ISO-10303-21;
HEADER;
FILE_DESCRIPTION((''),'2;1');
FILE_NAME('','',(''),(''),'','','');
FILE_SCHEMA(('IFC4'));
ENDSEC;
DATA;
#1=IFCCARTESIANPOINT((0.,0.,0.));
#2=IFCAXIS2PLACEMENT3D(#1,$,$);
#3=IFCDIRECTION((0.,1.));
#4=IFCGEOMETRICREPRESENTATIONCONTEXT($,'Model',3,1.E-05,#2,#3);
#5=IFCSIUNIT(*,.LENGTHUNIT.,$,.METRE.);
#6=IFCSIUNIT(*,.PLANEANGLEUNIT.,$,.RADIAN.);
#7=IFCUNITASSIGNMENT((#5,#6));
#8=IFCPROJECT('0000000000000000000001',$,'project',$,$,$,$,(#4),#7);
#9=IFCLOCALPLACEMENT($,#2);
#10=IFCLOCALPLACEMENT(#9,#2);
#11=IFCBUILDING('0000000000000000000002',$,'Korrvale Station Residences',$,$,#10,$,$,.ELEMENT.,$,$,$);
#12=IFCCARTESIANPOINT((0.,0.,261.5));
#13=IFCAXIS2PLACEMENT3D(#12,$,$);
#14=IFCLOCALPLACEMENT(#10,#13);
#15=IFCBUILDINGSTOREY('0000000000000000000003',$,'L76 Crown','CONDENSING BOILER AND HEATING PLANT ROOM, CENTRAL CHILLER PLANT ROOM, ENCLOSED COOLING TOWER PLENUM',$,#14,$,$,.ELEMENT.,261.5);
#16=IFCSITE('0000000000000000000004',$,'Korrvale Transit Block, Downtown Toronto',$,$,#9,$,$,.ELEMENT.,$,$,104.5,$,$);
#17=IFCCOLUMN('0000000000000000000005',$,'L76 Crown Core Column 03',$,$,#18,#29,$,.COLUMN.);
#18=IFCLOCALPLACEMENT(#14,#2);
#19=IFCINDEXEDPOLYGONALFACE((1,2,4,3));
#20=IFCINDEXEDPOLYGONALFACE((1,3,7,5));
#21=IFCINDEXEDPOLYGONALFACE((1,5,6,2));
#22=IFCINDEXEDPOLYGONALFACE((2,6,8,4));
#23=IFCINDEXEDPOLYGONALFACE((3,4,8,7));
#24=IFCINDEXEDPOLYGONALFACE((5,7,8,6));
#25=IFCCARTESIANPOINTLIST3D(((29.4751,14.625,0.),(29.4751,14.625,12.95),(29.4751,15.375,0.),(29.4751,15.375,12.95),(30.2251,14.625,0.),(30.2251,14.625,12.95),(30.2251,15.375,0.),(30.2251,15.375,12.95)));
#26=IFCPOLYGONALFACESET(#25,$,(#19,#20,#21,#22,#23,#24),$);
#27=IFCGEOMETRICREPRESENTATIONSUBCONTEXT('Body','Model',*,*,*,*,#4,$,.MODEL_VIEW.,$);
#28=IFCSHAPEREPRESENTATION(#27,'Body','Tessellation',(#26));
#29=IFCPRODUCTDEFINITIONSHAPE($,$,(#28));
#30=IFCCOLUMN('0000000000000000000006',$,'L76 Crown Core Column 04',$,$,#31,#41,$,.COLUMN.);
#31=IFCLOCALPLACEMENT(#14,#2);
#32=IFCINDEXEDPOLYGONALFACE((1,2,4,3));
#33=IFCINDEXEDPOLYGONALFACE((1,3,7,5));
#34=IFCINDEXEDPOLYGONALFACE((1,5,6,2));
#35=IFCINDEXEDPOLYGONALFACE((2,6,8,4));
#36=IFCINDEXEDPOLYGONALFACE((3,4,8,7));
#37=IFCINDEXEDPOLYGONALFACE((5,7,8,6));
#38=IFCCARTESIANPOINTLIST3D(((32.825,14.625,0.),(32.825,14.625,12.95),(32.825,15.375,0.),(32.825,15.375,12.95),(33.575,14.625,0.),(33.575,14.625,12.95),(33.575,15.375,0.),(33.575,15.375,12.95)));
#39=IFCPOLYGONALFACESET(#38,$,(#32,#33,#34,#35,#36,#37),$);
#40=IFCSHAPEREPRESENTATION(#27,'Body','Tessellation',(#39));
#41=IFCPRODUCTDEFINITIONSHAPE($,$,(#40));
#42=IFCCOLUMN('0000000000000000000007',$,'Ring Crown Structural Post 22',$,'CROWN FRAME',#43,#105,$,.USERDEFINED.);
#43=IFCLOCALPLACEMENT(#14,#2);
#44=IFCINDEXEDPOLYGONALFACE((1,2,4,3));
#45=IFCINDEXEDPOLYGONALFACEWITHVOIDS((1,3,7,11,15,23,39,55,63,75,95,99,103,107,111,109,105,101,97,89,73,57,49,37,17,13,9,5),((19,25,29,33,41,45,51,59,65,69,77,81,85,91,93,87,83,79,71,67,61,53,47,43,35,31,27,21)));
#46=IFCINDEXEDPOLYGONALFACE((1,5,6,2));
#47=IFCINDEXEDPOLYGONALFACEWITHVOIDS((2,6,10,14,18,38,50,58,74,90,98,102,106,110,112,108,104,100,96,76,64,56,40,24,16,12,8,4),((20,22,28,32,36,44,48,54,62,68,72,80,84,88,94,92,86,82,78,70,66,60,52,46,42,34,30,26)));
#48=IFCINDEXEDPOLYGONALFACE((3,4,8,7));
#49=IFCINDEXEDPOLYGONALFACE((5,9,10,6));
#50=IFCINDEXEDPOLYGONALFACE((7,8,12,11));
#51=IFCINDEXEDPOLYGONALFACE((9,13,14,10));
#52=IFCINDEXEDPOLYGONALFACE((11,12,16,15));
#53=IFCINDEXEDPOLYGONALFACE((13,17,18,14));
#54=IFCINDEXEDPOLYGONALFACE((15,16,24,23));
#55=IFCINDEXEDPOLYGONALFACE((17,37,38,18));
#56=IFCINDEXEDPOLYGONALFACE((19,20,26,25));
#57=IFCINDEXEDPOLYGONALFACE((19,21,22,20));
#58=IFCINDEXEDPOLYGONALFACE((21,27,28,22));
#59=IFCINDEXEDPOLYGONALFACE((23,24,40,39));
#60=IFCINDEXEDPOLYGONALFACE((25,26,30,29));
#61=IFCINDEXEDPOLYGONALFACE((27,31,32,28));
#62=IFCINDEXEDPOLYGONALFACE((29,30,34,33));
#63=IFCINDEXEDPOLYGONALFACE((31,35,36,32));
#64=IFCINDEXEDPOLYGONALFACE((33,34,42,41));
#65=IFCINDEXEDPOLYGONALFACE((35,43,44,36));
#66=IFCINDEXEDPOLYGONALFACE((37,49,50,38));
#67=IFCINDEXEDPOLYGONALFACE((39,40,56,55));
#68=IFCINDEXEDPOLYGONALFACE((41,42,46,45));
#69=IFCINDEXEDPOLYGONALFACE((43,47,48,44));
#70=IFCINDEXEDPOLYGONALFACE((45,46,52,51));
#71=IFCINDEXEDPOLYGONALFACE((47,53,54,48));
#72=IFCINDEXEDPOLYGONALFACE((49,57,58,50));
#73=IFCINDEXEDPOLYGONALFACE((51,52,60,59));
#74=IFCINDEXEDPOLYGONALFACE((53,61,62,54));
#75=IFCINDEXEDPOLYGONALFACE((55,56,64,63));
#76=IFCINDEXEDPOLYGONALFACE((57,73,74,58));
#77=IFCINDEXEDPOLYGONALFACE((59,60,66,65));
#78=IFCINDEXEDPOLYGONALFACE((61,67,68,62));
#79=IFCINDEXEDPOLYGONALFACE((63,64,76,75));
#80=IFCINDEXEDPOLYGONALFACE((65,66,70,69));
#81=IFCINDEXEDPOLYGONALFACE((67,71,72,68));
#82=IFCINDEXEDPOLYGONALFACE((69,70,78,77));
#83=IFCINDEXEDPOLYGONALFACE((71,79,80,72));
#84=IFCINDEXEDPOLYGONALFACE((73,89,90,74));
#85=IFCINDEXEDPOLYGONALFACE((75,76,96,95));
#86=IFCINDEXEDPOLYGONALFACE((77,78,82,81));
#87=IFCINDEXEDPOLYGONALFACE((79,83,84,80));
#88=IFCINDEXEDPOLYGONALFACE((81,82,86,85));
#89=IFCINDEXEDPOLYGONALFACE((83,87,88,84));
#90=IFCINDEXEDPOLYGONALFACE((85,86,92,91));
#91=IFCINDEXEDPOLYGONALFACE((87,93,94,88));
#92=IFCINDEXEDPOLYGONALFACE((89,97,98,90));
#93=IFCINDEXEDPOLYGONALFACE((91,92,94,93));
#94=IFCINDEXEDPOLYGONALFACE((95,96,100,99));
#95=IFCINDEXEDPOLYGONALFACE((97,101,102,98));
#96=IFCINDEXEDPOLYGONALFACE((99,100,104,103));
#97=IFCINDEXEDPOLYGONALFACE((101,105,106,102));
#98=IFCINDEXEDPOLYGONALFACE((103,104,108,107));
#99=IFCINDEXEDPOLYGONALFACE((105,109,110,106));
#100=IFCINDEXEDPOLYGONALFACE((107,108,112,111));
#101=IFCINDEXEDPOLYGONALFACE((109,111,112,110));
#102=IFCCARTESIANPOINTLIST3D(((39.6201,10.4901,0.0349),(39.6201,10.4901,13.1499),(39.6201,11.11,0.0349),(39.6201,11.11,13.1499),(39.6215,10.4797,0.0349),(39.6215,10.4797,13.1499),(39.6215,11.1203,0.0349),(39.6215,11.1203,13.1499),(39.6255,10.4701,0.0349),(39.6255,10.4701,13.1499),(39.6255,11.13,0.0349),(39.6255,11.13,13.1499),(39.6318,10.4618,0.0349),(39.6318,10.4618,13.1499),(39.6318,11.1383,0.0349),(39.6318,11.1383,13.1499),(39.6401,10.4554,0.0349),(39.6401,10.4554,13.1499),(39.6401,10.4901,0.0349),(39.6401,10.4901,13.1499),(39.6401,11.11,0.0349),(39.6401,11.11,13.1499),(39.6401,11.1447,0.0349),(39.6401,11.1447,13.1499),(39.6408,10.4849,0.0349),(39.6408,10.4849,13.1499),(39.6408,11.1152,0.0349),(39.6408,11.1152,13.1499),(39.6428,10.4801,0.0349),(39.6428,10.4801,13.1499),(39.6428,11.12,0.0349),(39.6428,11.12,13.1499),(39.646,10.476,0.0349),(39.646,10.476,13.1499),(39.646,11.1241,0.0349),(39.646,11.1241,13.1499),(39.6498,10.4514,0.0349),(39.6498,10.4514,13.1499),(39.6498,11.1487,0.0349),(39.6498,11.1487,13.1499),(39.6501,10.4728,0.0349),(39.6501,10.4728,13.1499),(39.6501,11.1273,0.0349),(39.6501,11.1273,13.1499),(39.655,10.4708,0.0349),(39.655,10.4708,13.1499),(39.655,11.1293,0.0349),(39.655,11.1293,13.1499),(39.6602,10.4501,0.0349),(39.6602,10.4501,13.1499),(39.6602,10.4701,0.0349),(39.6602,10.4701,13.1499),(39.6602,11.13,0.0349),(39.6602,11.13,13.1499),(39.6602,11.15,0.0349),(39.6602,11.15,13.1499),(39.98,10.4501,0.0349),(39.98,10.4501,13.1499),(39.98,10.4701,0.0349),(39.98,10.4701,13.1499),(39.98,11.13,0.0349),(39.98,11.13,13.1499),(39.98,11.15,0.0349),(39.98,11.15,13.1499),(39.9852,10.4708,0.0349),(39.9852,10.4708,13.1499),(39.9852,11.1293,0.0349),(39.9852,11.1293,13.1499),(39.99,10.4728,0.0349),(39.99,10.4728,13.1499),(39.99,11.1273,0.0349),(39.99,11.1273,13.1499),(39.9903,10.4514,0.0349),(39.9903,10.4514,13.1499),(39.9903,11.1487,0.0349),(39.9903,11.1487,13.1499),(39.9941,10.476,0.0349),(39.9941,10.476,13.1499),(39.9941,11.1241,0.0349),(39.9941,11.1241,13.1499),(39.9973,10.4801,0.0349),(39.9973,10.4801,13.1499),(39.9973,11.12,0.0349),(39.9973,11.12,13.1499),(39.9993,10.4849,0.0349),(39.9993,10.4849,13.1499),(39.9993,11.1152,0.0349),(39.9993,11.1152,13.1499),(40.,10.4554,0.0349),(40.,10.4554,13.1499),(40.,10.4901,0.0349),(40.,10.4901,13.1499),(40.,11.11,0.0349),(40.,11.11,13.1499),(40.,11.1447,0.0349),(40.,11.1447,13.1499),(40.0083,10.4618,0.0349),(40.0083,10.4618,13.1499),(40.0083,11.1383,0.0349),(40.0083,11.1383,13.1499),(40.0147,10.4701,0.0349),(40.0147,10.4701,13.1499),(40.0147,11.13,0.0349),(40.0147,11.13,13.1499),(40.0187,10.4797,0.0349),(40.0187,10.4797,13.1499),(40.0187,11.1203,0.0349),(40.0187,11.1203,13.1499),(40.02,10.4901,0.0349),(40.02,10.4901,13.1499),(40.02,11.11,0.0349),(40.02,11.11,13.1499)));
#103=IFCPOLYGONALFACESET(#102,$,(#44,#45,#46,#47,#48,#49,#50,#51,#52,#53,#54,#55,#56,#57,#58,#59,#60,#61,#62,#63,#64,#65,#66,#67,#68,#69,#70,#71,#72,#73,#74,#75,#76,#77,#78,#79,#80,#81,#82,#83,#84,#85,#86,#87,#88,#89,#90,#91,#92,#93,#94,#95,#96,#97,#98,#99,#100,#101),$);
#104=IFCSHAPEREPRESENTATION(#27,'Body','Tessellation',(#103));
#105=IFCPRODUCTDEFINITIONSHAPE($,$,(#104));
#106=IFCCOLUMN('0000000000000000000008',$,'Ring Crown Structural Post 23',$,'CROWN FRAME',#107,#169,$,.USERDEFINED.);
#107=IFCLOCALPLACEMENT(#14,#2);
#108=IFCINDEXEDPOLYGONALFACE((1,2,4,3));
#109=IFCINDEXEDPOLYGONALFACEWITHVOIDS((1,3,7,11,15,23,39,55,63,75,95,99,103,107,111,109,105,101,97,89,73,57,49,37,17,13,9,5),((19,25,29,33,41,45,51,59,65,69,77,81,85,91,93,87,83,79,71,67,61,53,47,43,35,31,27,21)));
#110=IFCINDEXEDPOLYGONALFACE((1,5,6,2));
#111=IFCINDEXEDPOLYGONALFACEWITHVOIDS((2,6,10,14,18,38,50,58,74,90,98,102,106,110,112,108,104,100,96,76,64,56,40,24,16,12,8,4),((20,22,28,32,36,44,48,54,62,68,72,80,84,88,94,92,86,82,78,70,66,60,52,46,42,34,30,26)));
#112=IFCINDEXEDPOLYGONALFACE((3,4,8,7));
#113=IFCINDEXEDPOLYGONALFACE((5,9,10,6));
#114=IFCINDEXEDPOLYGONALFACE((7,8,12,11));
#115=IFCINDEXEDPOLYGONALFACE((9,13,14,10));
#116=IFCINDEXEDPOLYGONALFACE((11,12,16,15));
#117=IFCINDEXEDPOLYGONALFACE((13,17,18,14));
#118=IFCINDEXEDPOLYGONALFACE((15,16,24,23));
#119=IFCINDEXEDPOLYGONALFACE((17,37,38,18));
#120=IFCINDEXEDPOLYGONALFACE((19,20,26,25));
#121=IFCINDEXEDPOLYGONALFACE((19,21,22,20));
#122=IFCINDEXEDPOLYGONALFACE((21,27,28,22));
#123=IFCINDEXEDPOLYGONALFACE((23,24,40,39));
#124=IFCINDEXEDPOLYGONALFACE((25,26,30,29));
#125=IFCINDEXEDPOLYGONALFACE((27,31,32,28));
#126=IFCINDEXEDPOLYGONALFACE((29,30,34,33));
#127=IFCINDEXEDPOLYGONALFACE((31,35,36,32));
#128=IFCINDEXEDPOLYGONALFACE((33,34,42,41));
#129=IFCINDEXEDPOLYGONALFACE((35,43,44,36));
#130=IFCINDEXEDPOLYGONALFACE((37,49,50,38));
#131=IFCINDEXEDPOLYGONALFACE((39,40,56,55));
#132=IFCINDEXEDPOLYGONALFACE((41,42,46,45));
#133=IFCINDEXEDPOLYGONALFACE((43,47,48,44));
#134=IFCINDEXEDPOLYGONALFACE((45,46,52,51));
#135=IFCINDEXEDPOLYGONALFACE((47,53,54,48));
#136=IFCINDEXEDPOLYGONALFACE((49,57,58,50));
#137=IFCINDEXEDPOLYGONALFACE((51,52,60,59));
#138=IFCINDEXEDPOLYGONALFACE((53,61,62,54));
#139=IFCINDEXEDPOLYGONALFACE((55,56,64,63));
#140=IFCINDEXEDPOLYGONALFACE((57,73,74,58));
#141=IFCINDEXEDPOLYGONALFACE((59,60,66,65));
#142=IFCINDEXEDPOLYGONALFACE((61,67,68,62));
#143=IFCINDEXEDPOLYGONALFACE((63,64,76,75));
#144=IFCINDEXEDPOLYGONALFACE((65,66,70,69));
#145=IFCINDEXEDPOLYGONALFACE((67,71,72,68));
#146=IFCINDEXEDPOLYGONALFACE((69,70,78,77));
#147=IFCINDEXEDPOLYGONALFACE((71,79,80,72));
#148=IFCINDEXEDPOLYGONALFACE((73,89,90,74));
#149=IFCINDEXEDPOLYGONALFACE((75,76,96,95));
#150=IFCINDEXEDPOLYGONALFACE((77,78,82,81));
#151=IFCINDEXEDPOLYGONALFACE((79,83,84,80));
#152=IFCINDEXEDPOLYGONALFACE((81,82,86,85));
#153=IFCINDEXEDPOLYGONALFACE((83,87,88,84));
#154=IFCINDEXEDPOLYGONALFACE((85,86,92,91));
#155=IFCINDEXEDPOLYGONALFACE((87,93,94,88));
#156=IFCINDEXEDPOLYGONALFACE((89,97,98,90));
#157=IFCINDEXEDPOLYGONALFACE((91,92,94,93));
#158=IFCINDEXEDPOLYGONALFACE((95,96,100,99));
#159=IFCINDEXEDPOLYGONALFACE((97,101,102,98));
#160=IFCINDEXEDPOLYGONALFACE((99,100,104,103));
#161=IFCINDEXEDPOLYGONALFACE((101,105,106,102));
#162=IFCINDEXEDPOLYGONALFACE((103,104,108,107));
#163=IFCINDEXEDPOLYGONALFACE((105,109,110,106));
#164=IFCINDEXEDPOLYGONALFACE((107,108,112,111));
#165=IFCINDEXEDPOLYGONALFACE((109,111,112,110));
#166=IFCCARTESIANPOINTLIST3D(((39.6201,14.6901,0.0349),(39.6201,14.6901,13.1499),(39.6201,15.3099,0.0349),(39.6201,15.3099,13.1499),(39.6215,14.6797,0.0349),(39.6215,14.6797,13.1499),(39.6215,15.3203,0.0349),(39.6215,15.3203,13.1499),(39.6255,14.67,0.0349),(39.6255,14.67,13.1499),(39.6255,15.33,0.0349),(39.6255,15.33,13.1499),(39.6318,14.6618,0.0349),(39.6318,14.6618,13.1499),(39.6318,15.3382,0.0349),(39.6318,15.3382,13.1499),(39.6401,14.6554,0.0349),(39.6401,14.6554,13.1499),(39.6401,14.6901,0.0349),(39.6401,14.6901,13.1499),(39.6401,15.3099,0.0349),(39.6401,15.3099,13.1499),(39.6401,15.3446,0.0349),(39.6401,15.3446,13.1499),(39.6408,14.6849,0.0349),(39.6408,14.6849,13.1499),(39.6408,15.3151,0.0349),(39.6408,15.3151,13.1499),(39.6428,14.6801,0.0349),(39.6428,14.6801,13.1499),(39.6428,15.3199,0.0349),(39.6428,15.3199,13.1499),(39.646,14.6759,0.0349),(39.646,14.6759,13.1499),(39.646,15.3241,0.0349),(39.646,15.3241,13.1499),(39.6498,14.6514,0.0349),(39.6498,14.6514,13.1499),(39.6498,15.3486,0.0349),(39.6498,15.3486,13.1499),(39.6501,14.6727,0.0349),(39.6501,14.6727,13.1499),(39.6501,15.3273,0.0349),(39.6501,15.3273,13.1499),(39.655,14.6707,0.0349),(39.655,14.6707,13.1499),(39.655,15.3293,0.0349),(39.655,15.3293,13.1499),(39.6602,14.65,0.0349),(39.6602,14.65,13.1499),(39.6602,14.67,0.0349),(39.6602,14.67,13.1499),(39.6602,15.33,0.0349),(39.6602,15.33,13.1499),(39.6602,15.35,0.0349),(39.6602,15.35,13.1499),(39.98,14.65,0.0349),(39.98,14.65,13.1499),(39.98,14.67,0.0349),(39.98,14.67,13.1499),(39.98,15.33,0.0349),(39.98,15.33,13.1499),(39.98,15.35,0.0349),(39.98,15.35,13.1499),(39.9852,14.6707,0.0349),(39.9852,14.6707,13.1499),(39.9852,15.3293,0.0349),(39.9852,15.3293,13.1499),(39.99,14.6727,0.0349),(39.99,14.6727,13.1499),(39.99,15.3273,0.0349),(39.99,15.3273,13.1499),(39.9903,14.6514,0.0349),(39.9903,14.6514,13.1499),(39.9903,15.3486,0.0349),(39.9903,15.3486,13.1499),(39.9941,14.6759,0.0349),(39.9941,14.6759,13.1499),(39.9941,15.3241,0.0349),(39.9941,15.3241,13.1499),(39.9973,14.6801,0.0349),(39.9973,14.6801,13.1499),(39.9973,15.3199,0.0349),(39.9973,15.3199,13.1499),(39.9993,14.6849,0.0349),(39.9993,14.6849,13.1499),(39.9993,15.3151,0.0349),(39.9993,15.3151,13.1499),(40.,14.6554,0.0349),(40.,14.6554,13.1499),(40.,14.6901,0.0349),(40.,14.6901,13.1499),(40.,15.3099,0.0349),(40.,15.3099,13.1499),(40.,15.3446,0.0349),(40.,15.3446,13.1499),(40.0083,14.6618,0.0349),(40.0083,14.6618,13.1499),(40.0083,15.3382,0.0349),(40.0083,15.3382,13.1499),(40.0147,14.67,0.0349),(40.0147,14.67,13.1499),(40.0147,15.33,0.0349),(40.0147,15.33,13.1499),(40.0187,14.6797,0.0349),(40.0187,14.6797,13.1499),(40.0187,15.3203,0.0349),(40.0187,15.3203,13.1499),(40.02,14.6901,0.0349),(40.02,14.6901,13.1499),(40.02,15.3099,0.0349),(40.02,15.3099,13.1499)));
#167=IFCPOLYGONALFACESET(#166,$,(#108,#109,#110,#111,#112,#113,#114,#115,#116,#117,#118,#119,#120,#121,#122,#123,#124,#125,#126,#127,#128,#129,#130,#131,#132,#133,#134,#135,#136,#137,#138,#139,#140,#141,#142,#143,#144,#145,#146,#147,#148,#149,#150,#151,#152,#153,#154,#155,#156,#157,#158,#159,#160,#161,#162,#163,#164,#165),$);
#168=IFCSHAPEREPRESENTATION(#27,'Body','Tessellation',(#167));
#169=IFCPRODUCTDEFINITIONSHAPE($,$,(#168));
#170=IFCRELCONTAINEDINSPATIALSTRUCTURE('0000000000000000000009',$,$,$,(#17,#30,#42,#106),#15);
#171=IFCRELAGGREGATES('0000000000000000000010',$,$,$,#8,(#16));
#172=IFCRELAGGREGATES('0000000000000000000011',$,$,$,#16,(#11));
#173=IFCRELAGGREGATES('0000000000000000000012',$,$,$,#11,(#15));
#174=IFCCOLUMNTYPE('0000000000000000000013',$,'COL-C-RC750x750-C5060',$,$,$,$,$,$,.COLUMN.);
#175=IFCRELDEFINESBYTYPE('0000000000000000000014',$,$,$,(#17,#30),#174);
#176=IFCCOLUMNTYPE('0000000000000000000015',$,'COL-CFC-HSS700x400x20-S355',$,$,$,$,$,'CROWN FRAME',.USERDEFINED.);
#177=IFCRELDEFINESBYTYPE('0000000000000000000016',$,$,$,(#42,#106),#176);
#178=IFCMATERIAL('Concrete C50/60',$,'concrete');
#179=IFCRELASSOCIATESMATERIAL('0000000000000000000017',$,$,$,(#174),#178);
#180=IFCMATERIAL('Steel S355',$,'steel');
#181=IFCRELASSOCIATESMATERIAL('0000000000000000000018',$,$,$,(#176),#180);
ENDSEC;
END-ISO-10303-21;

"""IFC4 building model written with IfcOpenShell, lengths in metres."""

from ifc_helpers import new_model, si_unit, direction, frame, origin, origin_2d, place, context, subcontext, project, spatial, rectangle, hollow_rectangle, extrude, material, material_profile, profile_set, type_object, element, save


model = new_model("IFC4")

# Units and contexts
model_context = context("Model", 3, precision=1e-05, world=origin(), true_north=direction((0.0, 1.0)))
body_context = subcontext(model_context, "Body", "Model", "MODEL_VIEW")
ifc_project = project(units=[si_unit("LENGTHUNIT", "METRE"), si_unit("PLANEANGLEUNIT", "RADIAN")], contexts=[model_context])

# Site, building, storey
site_placement = place(None, origin())
site = spatial("IfcSite", under=ifc_project, at=site_placement, Name="Korrvale Transit Block, Downtown Toronto", CompositionType="ELEMENT", RefElevation=104.5)
building_placement = place(site_placement, origin())
building = spatial("IfcBuilding", under=site, at=building_placement, Name="Korrvale Station Residences", CompositionType="ELEMENT")
storey_placement = place(building_placement, frame((0.0, 0.0, 261.5)))
storey = spatial("IfcBuildingStorey", under=building, at=storey_placement, Name="L76 Crown", Description="CONDENSING BOILER AND HEATING PLANT ROOM, CENTRAL CHILLER PLANT ROOM, ENCLOSED COOLING TOWER PLENUM", CompositionType="ELEMENT", Elevation=261.5)

# Columns
ifc_material_1 = material(Name="Concrete C50/60", Category="concrete")
ifc_material_profile_1 = material_profile(ifc_material_1, rectangle(XDim=0.75, YDim=0.75, at=origin_2d()), Name="RC750x750")
ifc_profile_set_1 = profile_set([ifc_material_profile_1], Name="Concrete C50/60")
column_type_1 = type_object("IfcColumnType", Name="COL-C-RC750x750-C5060", PredefinedType="COLUMN", material=ifc_profile_set_1)
for number, where, z_axis, x_axis, name in (
    (1, (29.8501, 15.0, 0.0), (0.0, 0.0, 1.0), (1.0, 0.0, 0.0), "L76 Crown Core Column 03"),
    (2, (33.2, 15.0, 0.0), (0.0, 0.0, 1.0), (1.0, 0.0, 0.0), "L76 Crown Core Column 04"),
):
    element("IfcColumn", number, at=place(storey_placement, frame(where, z_axis=z_axis, x_axis=x_axis)), inside=storey, type_object=column_type_1, Name=name, PredefinedType="COLUMN", context=body_context, shape_type="SweptSolid", body=[
        extrude(rectangle(XDim=0.75, YDim=0.75, at=origin_2d()), origin(), (0.0, 0.0, 1.0), 12.95),
    ])
ifc_material_2 = material(Name="Steel S355", Category="steel")
ifc_material_profile_2 = material_profile(ifc_material_2, hollow_rectangle(XDim=0.3999, YDim=0.7, WallThickness=0.02, InnerFilletRadius=0.02, OuterFilletRadius=0.04, at=origin_2d()), Name="HSS700x400x20")
ifc_profile_set_2 = profile_set([ifc_material_profile_2], Name="Steel S355")
column_type_2 = type_object("IfcColumnType", Name="COL-CFC-HSS700x400x20-S355", ElementType="CROWN FRAME", PredefinedType="USERDEFINED", material=ifc_profile_set_2)
for number, where, z_axis, x_axis, name in (
    (3, (39.8201, 10.8, 0.0349), (0.0, 0.0, 1.0), (1.0, 0.0, 0.0), "Ring Crown Structural Post 22"),
    (4, (39.8201, 15.0, 0.0349), (0.0, 0.0, 1.0), (1.0, 0.0, 0.0), "Ring Crown Structural Post 23"),
):
    element("IfcColumn", number, at=place(storey_placement, frame(where, z_axis=z_axis, x_axis=x_axis)), inside=storey, type_object=column_type_2, Name=name, ObjectType="CROWN FRAME", PredefinedType="USERDEFINED", context=body_context, shape_type="SweptSolid", body=[
        extrude(hollow_rectangle(XDim=0.3999, YDim=0.7, WallThickness=0.02, InnerFilletRadius=0.02, OuterFilletRadius=0.04, at=origin_2d()), origin(), (0.0, 0.0, 1.0), 13.115),
    ])

save(model, "model.ifc")
